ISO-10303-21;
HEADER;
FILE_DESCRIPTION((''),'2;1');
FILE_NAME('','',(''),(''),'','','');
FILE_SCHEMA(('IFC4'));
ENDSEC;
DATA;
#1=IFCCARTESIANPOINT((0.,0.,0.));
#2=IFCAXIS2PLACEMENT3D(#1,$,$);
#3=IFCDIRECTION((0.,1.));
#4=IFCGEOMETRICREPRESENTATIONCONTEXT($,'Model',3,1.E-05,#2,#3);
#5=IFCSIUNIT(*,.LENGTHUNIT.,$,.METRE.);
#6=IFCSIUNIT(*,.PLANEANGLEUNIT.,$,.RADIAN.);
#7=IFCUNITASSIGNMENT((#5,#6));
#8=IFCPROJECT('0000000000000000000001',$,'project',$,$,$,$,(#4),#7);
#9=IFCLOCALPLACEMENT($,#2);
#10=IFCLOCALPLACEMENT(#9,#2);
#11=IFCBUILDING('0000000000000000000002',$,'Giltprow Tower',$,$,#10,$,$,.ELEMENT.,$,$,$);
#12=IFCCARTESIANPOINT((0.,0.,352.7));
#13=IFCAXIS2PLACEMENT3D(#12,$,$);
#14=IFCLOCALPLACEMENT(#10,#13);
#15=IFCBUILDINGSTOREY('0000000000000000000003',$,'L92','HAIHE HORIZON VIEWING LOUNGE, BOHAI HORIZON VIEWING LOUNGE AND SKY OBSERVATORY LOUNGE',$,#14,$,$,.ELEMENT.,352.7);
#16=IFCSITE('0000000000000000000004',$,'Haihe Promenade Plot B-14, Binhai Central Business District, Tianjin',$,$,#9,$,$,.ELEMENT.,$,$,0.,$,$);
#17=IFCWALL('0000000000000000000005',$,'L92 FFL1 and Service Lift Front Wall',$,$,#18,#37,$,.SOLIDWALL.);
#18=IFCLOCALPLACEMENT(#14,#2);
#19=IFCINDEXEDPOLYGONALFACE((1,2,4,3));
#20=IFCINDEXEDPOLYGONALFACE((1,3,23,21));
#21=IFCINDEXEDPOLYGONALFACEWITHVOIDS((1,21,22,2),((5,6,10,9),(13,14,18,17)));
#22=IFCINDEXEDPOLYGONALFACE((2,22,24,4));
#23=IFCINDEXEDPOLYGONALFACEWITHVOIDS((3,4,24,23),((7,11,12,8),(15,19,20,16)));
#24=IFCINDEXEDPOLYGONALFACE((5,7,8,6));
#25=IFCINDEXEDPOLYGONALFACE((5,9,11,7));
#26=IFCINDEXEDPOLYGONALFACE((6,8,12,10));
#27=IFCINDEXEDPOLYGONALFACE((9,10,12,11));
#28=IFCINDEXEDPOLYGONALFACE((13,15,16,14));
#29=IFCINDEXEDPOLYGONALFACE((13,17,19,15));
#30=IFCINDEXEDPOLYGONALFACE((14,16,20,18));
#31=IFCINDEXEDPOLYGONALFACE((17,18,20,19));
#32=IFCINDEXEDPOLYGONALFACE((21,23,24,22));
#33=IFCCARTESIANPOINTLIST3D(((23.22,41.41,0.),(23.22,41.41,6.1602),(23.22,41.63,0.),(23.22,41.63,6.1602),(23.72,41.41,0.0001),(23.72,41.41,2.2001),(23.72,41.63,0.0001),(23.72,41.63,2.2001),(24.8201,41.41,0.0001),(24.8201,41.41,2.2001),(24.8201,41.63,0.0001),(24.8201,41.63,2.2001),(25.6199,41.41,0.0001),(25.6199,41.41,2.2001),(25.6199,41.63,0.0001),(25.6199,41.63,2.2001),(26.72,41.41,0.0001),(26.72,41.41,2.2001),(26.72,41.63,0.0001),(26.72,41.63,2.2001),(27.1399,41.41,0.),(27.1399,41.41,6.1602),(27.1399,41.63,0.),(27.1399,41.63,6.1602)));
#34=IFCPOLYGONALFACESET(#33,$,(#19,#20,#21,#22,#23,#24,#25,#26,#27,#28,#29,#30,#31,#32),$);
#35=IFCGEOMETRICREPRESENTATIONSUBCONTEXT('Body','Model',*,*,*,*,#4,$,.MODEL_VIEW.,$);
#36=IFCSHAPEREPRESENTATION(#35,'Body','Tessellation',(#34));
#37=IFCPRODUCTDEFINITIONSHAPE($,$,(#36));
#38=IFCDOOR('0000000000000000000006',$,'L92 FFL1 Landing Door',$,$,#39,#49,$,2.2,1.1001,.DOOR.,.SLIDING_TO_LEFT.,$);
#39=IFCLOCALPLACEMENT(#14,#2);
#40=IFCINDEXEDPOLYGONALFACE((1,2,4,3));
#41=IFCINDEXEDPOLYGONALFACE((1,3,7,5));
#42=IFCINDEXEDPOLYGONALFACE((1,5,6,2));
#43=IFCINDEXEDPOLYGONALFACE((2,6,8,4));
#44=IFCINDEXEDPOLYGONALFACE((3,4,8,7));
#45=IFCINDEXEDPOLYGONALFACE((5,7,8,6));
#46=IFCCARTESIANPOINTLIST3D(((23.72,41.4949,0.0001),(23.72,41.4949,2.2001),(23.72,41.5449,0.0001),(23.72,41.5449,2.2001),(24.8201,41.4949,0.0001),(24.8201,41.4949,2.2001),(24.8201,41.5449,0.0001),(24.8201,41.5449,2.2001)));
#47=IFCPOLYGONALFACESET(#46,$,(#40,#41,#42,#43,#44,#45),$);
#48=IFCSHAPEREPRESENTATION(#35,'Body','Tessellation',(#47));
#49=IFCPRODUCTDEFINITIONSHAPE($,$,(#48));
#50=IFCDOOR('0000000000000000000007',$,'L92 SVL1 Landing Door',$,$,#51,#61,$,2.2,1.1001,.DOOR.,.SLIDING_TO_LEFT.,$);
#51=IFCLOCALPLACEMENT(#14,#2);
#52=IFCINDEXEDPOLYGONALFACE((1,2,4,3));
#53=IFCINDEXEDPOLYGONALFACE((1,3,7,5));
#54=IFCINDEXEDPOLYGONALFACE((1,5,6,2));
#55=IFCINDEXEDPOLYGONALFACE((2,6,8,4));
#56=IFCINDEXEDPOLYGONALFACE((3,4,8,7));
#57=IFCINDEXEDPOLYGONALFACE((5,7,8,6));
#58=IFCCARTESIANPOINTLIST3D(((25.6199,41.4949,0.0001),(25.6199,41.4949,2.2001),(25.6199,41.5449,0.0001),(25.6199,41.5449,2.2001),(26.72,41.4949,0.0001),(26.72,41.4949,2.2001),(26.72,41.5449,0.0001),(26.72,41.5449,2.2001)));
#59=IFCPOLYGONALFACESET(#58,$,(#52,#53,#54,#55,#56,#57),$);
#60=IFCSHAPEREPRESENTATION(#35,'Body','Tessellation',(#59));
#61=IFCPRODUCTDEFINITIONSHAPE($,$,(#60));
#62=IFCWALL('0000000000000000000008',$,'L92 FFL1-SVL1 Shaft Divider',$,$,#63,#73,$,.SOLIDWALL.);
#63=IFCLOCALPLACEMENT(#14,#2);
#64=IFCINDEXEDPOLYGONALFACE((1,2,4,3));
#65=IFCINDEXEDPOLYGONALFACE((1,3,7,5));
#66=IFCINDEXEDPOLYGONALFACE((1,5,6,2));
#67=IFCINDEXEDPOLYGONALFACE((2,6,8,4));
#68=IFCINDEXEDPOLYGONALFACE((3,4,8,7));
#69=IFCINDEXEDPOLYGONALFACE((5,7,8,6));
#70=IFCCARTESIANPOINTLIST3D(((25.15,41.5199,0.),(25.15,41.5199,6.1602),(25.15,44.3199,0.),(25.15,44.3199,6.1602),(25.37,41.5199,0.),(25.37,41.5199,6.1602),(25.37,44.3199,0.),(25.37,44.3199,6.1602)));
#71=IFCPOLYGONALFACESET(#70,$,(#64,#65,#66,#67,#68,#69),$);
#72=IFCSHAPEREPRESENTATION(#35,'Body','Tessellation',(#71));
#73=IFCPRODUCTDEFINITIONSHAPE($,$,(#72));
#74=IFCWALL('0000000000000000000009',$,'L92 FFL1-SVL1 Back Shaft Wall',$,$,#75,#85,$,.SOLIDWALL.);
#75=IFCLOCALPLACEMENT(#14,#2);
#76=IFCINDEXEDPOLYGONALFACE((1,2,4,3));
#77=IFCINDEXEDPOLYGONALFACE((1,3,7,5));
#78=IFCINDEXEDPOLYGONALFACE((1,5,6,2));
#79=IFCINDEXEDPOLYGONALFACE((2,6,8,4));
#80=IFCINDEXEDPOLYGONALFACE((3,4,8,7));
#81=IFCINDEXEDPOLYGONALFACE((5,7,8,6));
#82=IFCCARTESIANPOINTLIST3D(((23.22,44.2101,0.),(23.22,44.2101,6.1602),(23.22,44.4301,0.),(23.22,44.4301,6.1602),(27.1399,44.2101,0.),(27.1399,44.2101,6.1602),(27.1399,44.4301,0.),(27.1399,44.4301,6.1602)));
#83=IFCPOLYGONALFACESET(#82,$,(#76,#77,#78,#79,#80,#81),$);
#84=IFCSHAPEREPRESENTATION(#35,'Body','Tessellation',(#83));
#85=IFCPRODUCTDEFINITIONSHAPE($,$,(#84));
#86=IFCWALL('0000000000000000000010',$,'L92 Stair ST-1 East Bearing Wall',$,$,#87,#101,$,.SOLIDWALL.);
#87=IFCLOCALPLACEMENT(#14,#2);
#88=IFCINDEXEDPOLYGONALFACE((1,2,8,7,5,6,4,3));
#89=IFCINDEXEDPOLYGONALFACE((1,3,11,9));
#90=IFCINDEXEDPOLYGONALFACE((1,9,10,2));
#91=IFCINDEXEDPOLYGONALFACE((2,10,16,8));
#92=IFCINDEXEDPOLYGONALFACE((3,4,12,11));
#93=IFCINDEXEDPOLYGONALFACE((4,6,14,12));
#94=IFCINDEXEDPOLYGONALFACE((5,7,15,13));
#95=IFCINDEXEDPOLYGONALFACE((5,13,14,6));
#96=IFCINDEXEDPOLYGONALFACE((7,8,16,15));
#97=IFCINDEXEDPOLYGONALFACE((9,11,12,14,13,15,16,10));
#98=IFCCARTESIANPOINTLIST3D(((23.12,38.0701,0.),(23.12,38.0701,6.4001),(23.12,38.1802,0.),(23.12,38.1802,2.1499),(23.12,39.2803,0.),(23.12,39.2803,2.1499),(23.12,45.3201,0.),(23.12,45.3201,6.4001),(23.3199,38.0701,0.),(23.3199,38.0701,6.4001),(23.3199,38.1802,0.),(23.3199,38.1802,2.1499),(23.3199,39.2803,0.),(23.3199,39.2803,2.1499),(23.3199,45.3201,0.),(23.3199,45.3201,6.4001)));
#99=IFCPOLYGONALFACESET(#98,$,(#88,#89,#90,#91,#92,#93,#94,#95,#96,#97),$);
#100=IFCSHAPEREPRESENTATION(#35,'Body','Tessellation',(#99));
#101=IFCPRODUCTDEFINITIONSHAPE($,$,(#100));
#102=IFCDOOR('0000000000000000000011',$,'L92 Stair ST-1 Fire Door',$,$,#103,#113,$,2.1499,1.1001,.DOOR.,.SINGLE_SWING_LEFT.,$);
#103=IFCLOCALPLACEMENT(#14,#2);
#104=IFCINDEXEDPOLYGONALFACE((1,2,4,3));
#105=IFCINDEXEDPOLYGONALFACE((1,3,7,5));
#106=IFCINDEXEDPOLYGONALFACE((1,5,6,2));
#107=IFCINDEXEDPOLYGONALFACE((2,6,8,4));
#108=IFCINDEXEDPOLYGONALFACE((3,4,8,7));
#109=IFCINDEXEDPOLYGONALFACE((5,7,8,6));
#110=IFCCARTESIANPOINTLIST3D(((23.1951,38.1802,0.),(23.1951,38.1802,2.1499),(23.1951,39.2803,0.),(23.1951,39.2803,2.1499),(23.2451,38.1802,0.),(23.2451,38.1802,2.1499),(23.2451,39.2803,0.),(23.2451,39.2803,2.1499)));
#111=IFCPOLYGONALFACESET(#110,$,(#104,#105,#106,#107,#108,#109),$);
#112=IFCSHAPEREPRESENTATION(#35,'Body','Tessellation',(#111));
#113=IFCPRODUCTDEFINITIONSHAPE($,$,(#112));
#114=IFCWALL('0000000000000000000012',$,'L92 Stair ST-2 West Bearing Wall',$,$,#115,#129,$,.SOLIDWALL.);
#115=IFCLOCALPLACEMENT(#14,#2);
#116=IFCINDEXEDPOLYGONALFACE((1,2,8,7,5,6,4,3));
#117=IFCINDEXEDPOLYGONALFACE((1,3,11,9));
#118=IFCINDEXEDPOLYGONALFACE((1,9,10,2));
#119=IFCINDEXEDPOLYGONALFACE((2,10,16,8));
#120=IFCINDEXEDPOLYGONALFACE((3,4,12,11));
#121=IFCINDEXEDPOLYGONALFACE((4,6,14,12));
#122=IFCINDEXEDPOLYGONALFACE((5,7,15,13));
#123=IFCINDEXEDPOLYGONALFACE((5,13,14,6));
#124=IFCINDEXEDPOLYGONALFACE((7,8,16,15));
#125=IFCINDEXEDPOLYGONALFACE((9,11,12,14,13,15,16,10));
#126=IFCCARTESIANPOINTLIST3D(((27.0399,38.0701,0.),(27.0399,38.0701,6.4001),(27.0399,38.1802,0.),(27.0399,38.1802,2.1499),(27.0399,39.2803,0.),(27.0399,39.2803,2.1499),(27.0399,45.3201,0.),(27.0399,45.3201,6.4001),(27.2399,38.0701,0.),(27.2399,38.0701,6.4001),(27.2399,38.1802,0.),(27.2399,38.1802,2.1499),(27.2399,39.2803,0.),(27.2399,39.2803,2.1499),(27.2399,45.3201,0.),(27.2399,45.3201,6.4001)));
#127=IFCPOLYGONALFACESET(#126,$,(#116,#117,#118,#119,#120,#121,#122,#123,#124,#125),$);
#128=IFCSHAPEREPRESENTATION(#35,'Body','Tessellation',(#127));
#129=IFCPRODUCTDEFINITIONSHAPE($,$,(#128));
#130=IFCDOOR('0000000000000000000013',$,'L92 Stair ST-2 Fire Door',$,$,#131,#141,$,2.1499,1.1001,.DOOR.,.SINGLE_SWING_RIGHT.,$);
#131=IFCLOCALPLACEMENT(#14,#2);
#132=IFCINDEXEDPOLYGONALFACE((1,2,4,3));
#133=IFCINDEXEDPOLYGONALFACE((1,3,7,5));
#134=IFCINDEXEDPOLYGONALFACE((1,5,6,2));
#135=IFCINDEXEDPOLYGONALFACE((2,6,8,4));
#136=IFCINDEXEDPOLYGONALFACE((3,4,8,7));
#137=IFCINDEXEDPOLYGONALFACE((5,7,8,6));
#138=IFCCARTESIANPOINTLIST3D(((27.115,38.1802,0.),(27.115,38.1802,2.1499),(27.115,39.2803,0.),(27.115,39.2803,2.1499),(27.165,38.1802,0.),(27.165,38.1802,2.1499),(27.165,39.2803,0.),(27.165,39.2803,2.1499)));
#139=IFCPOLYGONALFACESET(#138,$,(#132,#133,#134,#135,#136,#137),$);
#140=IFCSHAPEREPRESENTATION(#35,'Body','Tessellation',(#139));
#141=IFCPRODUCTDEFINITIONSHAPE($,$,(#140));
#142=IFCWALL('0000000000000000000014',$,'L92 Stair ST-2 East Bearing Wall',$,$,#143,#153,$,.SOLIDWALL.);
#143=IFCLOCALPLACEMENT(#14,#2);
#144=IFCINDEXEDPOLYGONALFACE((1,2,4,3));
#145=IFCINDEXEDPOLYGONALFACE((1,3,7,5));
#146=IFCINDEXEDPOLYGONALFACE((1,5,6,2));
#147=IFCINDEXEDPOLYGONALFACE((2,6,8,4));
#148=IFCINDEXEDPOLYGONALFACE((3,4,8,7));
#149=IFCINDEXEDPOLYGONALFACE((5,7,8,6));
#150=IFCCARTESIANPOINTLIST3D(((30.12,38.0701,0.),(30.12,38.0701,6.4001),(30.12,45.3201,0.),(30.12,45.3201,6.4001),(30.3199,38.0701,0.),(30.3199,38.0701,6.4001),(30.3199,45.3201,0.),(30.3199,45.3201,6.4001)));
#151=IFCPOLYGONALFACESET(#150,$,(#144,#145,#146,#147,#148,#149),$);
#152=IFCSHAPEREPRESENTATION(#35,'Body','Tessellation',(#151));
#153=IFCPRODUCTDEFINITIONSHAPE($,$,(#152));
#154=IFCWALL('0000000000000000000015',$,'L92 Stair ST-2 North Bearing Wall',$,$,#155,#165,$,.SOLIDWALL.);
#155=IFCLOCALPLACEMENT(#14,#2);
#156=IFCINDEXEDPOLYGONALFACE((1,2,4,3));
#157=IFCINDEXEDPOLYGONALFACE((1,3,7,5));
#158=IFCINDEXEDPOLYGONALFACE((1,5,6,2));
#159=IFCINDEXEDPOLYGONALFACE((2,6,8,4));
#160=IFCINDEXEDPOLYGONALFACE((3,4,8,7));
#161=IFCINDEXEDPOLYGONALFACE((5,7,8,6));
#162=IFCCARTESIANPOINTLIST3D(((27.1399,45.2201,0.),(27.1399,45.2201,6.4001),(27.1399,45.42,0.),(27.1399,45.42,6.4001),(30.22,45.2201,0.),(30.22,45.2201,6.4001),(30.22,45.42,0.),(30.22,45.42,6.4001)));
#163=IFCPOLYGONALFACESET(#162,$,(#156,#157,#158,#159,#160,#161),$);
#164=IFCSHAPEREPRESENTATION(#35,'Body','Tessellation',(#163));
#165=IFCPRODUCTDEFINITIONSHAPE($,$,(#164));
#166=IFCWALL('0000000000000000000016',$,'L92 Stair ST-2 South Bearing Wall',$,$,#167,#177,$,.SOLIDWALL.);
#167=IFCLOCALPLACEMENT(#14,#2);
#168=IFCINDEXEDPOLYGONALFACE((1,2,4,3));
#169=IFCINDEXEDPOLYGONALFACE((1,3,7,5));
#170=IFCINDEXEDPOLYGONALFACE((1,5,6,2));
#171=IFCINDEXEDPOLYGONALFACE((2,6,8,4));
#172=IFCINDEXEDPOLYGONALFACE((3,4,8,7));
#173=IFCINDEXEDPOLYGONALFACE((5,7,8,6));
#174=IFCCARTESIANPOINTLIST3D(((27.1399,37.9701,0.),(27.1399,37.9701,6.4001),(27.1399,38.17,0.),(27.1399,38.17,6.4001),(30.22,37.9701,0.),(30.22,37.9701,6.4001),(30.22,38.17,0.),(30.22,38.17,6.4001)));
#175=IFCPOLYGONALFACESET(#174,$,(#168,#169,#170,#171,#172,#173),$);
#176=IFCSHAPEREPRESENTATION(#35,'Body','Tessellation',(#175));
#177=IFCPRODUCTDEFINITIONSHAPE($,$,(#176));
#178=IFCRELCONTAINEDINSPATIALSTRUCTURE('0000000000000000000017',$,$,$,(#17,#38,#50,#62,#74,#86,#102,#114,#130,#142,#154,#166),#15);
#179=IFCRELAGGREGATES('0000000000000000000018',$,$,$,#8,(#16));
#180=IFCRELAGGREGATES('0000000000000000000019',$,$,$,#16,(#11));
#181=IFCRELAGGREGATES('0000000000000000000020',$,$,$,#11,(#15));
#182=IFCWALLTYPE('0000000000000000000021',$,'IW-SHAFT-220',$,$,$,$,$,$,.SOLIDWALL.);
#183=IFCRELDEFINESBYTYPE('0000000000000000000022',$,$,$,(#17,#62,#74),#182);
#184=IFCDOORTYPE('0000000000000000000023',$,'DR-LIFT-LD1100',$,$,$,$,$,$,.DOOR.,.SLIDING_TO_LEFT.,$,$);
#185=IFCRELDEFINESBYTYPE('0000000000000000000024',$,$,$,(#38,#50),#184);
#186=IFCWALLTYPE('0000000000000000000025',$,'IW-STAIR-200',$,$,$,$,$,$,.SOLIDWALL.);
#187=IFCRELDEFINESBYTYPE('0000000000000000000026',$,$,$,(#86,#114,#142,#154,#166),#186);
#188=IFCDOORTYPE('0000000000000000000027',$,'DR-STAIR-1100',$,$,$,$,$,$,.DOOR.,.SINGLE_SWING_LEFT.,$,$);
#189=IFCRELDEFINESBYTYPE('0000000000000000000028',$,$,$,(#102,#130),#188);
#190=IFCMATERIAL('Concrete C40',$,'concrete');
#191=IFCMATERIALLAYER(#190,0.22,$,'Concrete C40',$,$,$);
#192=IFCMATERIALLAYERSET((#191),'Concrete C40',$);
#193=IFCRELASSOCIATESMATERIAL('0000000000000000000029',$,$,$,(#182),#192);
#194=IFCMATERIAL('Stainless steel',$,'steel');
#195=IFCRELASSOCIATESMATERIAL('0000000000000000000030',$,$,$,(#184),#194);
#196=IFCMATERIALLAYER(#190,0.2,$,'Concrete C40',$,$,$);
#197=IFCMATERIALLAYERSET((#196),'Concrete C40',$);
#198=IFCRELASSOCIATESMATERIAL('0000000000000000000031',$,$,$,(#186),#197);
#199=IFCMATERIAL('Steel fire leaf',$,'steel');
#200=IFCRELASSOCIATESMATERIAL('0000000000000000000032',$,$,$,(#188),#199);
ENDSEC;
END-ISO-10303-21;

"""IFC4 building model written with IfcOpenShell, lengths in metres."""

from ifc_helpers import new_model, si_unit, direction, frame, frame_2d, origin, place, context, subcontext, project, spatial, rectangle, extrude, source, transform, mapped, material, layer, layer_set, type_object, element, fill, save


model = new_model("IFC4")

# Units and contexts
model_context = context("Model", 3, precision=1e-05, world=origin(), true_north=direction((0.0, 1.0)))
body_context = subcontext(model_context, "Body", "Model", "MODEL_VIEW")
ifc_project = project(units=[si_unit("LENGTHUNIT", "METRE"), si_unit("PLANEANGLEUNIT", "RADIAN")], contexts=[model_context])

# Site, building, storey
site_placement = place(None, origin())
site = spatial("IfcSite", under=ifc_project, at=site_placement, Name="Haihe Promenade Plot B-14, Binhai Central Business District, Tianjin", CompositionType="ELEMENT", RefElevation=0.0)
building_placement = place(site_placement, origin())
building = spatial("IfcBuilding", under=site, at=building_placement, Name="Giltprow Tower", CompositionType="ELEMENT")
storey_placement = place(building_placement, frame((0.0, 0.0, 352.7)))
storey = spatial("IfcBuildingStorey", under=building, at=storey_placement, Name="L92", Description="HAIHE HORIZON VIEWING LOUNGE, BOHAI HORIZON VIEWING LOUNGE AND SKY OBSERVATORY LOUNGE", CompositionType="ELEMENT", Elevation=352.7)

# Wall, openings, doors
ifc_material_1 = material(Name="Concrete C40", Category="concrete")
ifc_layer_1 = layer(ifc_material_1, 0.22, Name="Concrete C40")
ifc_layer_set_1 = layer_set([ifc_layer_1], Name="Concrete C40")
wall_type_1 = type_object("IfcWallType", Name="IW-SHAFT-220", PredefinedType="SOLIDWALL", material=ifc_layer_set_1)
wall_1_placement = place(storey_placement, frame((23.22, 41.52, 0.0), z_axis=(0.0, 0.0, 1.0), x_axis=(1.0, 0.0, 0.0)))
wall_1 = element("IfcWall", 1, at=wall_1_placement, inside=storey, type_object=wall_type_1, Name="L92 FFL1 and Service Lift Front Wall", PredefinedType="SOLIDWALL", context=body_context, shape_type="SweptSolid", body=[
    extrude(rectangle(XDim=3.9199, YDim=0.22, at=frame_2d((1.96, 0.0))), origin(), (0.0, 0.0, 1.0), 6.1602),
])
opening_1_placement = place(wall_1_placement, frame((0.5, 0.0, 0.0)))
opening_1 = element("IfcOpeningElement", 2, at=opening_1_placement, cuts=wall_1, PredefinedType="OPENING", context=body_context, shape_type="SweptSolid", body=[
    extrude(rectangle(XDim=1.1001, YDim=2.2, at=frame_2d((0.55, 1.1001))), frame((0.0, 0.1199, 0.0), z_axis=(0.0, -1.0, 0.0), x_axis=(1.0, 0.0, 0.0)), (0.0, 0.0, 1.0), 0.24),
])
opening_2_placement = place(wall_1_placement, frame((2.3999, 0.0, 0.0)))
opening_2 = element("IfcOpeningElement", 3, at=opening_2_placement, cuts=wall_1, PredefinedType="OPENING", context=body_context, shape_type="SweptSolid", body=[
    extrude(rectangle(XDim=1.1001, YDim=2.2, at=frame_2d((0.55, 1.1001))), frame((0.0, 0.1199, 0.0), z_axis=(0.0, -1.0, 0.0), x_axis=(1.0, 0.0, 0.0)), (0.0, 0.0, 1.0), 0.24),
])
ifc_material_2 = material(Name="Stainless steel", Category="steel")
door_type_1 = type_object("IfcDoorType", Name="DR-LIFT-LD1100", OperationType="SLIDING_TO_LEFT", PredefinedType="DOOR", material=ifc_material_2)
shared_shape_1 = source(origin(), body_context, "Body", "SweptSolid", [
    extrude(rectangle(XDim=1.1001, YDim=2.2, at=frame_2d((0.55, 1.1001))), frame((0.0, 0.0249, 0.0), z_axis=(0.0, -1.0, 0.0), x_axis=(1.0, 0.0, 0.0)), (0.0, 0.0, 1.0), 0.05),
])
door_1_placement = place(opening_1_placement, origin())
door_1 = element("IfcDoor", 4, at=door_1_placement, inside=storey, type_object=door_type_1, Name="L92 FFL1 Landing Door", OperationType="SLIDING_TO_LEFT", OverallHeight=2.2, OverallWidth=1.1001, PredefinedType="DOOR", context=body_context, shape_type="MappedRepresentation", body=[
    mapped(shared_shape_1, transform((0.0, 0.0, 0.0), x_axis=(1.0, 0.0, 0.0), y_axis=(0.0, 1.0, 0.0), z_axis=(0.0, 0.0, 1.0), scale=1.0)),
])
fill(opening_1, door_1)
door_2_placement = place(opening_2_placement, origin())
door_2 = element("IfcDoor", 5, at=door_2_placement, inside=storey, type_object=door_type_1, Name="L92 SVL1 Landing Door", OperationType="SLIDING_TO_LEFT", OverallHeight=2.2, OverallWidth=1.1001, PredefinedType="DOOR", context=body_context, shape_type="MappedRepresentation", body=[
    mapped(shared_shape_1, transform((0.0, 0.0, 0.0), x_axis=(1.0, 0.0, 0.0), y_axis=(0.0, 1.0, 0.0), z_axis=(0.0, 0.0, 1.0), scale=1.0)),
])
fill(opening_2, door_2)

# Walls
wall_2_placement = place(storey_placement, frame((25.26, 41.52, 0.0), z_axis=(0.0, 0.0, 1.0), x_axis=(0.0, 1.0, 0.0)))
element("IfcWall", 6, at=wall_2_placement, inside=storey, type_object=wall_type_1, Name="L92 FFL1-SVL1 Shaft Divider", PredefinedType="SOLIDWALL", context=body_context, shape_type="SweptSolid", body=[
    extrude(rectangle(XDim=2.8, YDim=0.22, at=frame_2d((1.3999, 0.0))), origin(), (0.0, 0.0, 1.0), 6.1602),
])
wall_3_placement = place(storey_placement, frame((23.22, 44.3201, 0.0), z_axis=(0.0, 0.0, 1.0), x_axis=(1.0, 0.0, 0.0)))
element("IfcWall", 7, at=wall_3_placement, inside=storey, type_object=wall_type_1, Name="L92 FFL1-SVL1 Back Shaft Wall", PredefinedType="SOLIDWALL", context=body_context, shape_type="SweptSolid", body=[
    extrude(rectangle(XDim=3.9199, YDim=0.22, at=frame_2d((1.96, 0.0))), origin(), (0.0, 0.0, 1.0), 6.1602),
])

# Walls, openings, doors
ifc_layer_2 = layer(ifc_material_1, 0.2, Name="Concrete C40")
ifc_layer_set_2 = layer_set([ifc_layer_2], Name="Concrete C40")
wall_type_2 = type_object("IfcWallType", Name="IW-STAIR-200", PredefinedType="SOLIDWALL", material=ifc_layer_set_2)
wall_4_placement = place(storey_placement, frame((23.22, 38.0701, 0.0), z_axis=(0.0, 0.0, 1.0), x_axis=(0.0, 1.0, 0.0)))
wall_4 = element("IfcWall", 8, at=wall_4_placement, inside=storey, type_object=wall_type_2, Name="L92 Stair ST-1 East Bearing Wall", PredefinedType="SOLIDWALL", context=body_context, shape_type="SweptSolid", body=[
    extrude(rectangle(XDim=7.25, YDim=0.2, at=frame_2d((3.625, 0.0))), origin(), (0.0, 0.0, 1.0), 6.4001),
])
opening_3_placement = place(wall_4_placement, frame((0.1101, 0.0, 0.0)))
opening_3 = element("IfcOpeningElement", 9, at=opening_3_placement, cuts=wall_4, PredefinedType="OPENING", context=body_context, shape_type="SweptSolid", body=[
    extrude(rectangle(XDim=1.1001, YDim=2.1499, at=frame_2d((0.55, 1.075))), frame((0.0, 0.1099, 0.0), z_axis=(0.0, -1.0, 0.0), x_axis=(1.0, 0.0, 0.0)), (0.0, 0.0, 1.0), 0.22),
])
ifc_material_3 = material(Name="Steel fire leaf", Category="steel")
door_type_2 = type_object("IfcDoorType", Name="DR-STAIR-1100", OperationType="SINGLE_SWING_LEFT", PredefinedType="DOOR", material=ifc_material_3)
shared_shape_2 = source(origin(), body_context, "Body", "SweptSolid", [
    extrude(rectangle(XDim=1.1001, YDim=2.1499, at=frame_2d((0.55, 1.075))), frame((0.0, 0.0249, 0.0), z_axis=(0.0, -1.0, 0.0), x_axis=(1.0, 0.0, 0.0)), (0.0, 0.0, 1.0), 0.05),
])
door_3_placement = place(opening_3_placement, origin())
door_3 = element("IfcDoor", 10, at=door_3_placement, inside=storey, type_object=door_type_2, Name="L92 Stair ST-1 Fire Door", OperationType="SINGLE_SWING_LEFT", OverallHeight=2.1499, OverallWidth=1.1001, PredefinedType="DOOR", context=body_context, shape_type="MappedRepresentation", body=[
    mapped(shared_shape_2, transform((0.0, 0.0, 0.0), x_axis=(1.0, 0.0, 0.0), y_axis=(0.0, 1.0, 0.0), z_axis=(0.0, 0.0, 1.0), scale=1.0)),
])
fill(opening_3, door_3)
wall_5_placement = place(storey_placement, frame((27.1399, 38.0701, 0.0), z_axis=(0.0, 0.0, 1.0), x_axis=(0.0, 1.0, 0.0)))
wall_5 = element("IfcWall", 11, at=wall_5_placement, inside=storey, type_object=wall_type_2, Name="L92 Stair ST-2 West Bearing Wall", PredefinedType="SOLIDWALL", context=body_context, shape_type="SweptSolid", body=[
    extrude(rectangle(XDim=7.25, YDim=0.2, at=frame_2d((3.625, 0.0))), origin(), (0.0, 0.0, 1.0), 6.4001),
])
opening_4_placement = place(wall_5_placement, frame((0.1101, 0.0, 0.0)))
opening_4 = element("IfcOpeningElement", 12, at=opening_4_placement, cuts=wall_5, PredefinedType="OPENING", context=body_context, shape_type="SweptSolid", body=[
    extrude(rectangle(XDim=1.1001, YDim=2.1499, at=frame_2d((0.55, 1.075))), frame((0.0, 0.1099, 0.0), z_axis=(0.0, -1.0, 0.0), x_axis=(1.0, 0.0, 0.0)), (0.0, 0.0, 1.0), 0.22),
])
door_4_placement = place(opening_4_placement, origin())
door_4 = element("IfcDoor", 13, at=door_4_placement, inside=storey, type_object=door_type_2, Name="L92 Stair ST-2 Fire Door", OperationType="SINGLE_SWING_RIGHT", OverallHeight=2.1499, OverallWidth=1.1001, PredefinedType="DOOR", context=body_context, shape_type="MappedRepresentation", body=[
    mapped(shared_shape_2, transform((0.0, 0.0, 0.0), x_axis=(1.0, 0.0, 0.0), y_axis=(0.0, 1.0, 0.0), z_axis=(0.0, 0.0, 1.0), scale=1.0)),
])
fill(opening_4, door_4)

# Walls
wall_6_placement = place(storey_placement, frame((30.22, 38.0701, 0.0), z_axis=(0.0, 0.0, 1.0), x_axis=(0.0, 1.0, 0.0)))
element("IfcWall", 14, at=wall_6_placement, inside=storey, type_object=wall_type_2, Name="L92 Stair ST-2 East Bearing Wall", PredefinedType="SOLIDWALL", context=body_context, shape_type="SweptSolid", body=[
    extrude(rectangle(XDim=7.25, YDim=0.2, at=frame_2d((3.625, 0.0))), origin(), (0.0, 0.0, 1.0), 6.4001),
])
for number, where, z_axis, x_axis, name in (
    (15, (27.1399, 45.3201, 0.0), (0.0, 0.0, 1.0), (1.0, 0.0, 0.0), "L92 Stair ST-2 North Bearing Wall"),
    (16, (27.1399, 38.0701, 0.0), (0.0, 0.0, 1.0), (1.0, 0.0, 0.0), "L92 Stair ST-2 South Bearing Wall"),
):
    element("IfcWall", number, at=place(storey_placement, frame(where, z_axis=z_axis, x_axis=x_axis)), inside=storey, type_object=wall_type_2, Name=name, PredefinedType="SOLIDWALL", context=body_context, shape_type="SweptSolid", body=[
        extrude(rectangle(XDim=3.0801, YDim=0.2, at=frame_2d((1.54, 0.0))), origin(), (0.0, 0.0, 1.0), 6.4001),
    ])

save(model, "model.ifc")
